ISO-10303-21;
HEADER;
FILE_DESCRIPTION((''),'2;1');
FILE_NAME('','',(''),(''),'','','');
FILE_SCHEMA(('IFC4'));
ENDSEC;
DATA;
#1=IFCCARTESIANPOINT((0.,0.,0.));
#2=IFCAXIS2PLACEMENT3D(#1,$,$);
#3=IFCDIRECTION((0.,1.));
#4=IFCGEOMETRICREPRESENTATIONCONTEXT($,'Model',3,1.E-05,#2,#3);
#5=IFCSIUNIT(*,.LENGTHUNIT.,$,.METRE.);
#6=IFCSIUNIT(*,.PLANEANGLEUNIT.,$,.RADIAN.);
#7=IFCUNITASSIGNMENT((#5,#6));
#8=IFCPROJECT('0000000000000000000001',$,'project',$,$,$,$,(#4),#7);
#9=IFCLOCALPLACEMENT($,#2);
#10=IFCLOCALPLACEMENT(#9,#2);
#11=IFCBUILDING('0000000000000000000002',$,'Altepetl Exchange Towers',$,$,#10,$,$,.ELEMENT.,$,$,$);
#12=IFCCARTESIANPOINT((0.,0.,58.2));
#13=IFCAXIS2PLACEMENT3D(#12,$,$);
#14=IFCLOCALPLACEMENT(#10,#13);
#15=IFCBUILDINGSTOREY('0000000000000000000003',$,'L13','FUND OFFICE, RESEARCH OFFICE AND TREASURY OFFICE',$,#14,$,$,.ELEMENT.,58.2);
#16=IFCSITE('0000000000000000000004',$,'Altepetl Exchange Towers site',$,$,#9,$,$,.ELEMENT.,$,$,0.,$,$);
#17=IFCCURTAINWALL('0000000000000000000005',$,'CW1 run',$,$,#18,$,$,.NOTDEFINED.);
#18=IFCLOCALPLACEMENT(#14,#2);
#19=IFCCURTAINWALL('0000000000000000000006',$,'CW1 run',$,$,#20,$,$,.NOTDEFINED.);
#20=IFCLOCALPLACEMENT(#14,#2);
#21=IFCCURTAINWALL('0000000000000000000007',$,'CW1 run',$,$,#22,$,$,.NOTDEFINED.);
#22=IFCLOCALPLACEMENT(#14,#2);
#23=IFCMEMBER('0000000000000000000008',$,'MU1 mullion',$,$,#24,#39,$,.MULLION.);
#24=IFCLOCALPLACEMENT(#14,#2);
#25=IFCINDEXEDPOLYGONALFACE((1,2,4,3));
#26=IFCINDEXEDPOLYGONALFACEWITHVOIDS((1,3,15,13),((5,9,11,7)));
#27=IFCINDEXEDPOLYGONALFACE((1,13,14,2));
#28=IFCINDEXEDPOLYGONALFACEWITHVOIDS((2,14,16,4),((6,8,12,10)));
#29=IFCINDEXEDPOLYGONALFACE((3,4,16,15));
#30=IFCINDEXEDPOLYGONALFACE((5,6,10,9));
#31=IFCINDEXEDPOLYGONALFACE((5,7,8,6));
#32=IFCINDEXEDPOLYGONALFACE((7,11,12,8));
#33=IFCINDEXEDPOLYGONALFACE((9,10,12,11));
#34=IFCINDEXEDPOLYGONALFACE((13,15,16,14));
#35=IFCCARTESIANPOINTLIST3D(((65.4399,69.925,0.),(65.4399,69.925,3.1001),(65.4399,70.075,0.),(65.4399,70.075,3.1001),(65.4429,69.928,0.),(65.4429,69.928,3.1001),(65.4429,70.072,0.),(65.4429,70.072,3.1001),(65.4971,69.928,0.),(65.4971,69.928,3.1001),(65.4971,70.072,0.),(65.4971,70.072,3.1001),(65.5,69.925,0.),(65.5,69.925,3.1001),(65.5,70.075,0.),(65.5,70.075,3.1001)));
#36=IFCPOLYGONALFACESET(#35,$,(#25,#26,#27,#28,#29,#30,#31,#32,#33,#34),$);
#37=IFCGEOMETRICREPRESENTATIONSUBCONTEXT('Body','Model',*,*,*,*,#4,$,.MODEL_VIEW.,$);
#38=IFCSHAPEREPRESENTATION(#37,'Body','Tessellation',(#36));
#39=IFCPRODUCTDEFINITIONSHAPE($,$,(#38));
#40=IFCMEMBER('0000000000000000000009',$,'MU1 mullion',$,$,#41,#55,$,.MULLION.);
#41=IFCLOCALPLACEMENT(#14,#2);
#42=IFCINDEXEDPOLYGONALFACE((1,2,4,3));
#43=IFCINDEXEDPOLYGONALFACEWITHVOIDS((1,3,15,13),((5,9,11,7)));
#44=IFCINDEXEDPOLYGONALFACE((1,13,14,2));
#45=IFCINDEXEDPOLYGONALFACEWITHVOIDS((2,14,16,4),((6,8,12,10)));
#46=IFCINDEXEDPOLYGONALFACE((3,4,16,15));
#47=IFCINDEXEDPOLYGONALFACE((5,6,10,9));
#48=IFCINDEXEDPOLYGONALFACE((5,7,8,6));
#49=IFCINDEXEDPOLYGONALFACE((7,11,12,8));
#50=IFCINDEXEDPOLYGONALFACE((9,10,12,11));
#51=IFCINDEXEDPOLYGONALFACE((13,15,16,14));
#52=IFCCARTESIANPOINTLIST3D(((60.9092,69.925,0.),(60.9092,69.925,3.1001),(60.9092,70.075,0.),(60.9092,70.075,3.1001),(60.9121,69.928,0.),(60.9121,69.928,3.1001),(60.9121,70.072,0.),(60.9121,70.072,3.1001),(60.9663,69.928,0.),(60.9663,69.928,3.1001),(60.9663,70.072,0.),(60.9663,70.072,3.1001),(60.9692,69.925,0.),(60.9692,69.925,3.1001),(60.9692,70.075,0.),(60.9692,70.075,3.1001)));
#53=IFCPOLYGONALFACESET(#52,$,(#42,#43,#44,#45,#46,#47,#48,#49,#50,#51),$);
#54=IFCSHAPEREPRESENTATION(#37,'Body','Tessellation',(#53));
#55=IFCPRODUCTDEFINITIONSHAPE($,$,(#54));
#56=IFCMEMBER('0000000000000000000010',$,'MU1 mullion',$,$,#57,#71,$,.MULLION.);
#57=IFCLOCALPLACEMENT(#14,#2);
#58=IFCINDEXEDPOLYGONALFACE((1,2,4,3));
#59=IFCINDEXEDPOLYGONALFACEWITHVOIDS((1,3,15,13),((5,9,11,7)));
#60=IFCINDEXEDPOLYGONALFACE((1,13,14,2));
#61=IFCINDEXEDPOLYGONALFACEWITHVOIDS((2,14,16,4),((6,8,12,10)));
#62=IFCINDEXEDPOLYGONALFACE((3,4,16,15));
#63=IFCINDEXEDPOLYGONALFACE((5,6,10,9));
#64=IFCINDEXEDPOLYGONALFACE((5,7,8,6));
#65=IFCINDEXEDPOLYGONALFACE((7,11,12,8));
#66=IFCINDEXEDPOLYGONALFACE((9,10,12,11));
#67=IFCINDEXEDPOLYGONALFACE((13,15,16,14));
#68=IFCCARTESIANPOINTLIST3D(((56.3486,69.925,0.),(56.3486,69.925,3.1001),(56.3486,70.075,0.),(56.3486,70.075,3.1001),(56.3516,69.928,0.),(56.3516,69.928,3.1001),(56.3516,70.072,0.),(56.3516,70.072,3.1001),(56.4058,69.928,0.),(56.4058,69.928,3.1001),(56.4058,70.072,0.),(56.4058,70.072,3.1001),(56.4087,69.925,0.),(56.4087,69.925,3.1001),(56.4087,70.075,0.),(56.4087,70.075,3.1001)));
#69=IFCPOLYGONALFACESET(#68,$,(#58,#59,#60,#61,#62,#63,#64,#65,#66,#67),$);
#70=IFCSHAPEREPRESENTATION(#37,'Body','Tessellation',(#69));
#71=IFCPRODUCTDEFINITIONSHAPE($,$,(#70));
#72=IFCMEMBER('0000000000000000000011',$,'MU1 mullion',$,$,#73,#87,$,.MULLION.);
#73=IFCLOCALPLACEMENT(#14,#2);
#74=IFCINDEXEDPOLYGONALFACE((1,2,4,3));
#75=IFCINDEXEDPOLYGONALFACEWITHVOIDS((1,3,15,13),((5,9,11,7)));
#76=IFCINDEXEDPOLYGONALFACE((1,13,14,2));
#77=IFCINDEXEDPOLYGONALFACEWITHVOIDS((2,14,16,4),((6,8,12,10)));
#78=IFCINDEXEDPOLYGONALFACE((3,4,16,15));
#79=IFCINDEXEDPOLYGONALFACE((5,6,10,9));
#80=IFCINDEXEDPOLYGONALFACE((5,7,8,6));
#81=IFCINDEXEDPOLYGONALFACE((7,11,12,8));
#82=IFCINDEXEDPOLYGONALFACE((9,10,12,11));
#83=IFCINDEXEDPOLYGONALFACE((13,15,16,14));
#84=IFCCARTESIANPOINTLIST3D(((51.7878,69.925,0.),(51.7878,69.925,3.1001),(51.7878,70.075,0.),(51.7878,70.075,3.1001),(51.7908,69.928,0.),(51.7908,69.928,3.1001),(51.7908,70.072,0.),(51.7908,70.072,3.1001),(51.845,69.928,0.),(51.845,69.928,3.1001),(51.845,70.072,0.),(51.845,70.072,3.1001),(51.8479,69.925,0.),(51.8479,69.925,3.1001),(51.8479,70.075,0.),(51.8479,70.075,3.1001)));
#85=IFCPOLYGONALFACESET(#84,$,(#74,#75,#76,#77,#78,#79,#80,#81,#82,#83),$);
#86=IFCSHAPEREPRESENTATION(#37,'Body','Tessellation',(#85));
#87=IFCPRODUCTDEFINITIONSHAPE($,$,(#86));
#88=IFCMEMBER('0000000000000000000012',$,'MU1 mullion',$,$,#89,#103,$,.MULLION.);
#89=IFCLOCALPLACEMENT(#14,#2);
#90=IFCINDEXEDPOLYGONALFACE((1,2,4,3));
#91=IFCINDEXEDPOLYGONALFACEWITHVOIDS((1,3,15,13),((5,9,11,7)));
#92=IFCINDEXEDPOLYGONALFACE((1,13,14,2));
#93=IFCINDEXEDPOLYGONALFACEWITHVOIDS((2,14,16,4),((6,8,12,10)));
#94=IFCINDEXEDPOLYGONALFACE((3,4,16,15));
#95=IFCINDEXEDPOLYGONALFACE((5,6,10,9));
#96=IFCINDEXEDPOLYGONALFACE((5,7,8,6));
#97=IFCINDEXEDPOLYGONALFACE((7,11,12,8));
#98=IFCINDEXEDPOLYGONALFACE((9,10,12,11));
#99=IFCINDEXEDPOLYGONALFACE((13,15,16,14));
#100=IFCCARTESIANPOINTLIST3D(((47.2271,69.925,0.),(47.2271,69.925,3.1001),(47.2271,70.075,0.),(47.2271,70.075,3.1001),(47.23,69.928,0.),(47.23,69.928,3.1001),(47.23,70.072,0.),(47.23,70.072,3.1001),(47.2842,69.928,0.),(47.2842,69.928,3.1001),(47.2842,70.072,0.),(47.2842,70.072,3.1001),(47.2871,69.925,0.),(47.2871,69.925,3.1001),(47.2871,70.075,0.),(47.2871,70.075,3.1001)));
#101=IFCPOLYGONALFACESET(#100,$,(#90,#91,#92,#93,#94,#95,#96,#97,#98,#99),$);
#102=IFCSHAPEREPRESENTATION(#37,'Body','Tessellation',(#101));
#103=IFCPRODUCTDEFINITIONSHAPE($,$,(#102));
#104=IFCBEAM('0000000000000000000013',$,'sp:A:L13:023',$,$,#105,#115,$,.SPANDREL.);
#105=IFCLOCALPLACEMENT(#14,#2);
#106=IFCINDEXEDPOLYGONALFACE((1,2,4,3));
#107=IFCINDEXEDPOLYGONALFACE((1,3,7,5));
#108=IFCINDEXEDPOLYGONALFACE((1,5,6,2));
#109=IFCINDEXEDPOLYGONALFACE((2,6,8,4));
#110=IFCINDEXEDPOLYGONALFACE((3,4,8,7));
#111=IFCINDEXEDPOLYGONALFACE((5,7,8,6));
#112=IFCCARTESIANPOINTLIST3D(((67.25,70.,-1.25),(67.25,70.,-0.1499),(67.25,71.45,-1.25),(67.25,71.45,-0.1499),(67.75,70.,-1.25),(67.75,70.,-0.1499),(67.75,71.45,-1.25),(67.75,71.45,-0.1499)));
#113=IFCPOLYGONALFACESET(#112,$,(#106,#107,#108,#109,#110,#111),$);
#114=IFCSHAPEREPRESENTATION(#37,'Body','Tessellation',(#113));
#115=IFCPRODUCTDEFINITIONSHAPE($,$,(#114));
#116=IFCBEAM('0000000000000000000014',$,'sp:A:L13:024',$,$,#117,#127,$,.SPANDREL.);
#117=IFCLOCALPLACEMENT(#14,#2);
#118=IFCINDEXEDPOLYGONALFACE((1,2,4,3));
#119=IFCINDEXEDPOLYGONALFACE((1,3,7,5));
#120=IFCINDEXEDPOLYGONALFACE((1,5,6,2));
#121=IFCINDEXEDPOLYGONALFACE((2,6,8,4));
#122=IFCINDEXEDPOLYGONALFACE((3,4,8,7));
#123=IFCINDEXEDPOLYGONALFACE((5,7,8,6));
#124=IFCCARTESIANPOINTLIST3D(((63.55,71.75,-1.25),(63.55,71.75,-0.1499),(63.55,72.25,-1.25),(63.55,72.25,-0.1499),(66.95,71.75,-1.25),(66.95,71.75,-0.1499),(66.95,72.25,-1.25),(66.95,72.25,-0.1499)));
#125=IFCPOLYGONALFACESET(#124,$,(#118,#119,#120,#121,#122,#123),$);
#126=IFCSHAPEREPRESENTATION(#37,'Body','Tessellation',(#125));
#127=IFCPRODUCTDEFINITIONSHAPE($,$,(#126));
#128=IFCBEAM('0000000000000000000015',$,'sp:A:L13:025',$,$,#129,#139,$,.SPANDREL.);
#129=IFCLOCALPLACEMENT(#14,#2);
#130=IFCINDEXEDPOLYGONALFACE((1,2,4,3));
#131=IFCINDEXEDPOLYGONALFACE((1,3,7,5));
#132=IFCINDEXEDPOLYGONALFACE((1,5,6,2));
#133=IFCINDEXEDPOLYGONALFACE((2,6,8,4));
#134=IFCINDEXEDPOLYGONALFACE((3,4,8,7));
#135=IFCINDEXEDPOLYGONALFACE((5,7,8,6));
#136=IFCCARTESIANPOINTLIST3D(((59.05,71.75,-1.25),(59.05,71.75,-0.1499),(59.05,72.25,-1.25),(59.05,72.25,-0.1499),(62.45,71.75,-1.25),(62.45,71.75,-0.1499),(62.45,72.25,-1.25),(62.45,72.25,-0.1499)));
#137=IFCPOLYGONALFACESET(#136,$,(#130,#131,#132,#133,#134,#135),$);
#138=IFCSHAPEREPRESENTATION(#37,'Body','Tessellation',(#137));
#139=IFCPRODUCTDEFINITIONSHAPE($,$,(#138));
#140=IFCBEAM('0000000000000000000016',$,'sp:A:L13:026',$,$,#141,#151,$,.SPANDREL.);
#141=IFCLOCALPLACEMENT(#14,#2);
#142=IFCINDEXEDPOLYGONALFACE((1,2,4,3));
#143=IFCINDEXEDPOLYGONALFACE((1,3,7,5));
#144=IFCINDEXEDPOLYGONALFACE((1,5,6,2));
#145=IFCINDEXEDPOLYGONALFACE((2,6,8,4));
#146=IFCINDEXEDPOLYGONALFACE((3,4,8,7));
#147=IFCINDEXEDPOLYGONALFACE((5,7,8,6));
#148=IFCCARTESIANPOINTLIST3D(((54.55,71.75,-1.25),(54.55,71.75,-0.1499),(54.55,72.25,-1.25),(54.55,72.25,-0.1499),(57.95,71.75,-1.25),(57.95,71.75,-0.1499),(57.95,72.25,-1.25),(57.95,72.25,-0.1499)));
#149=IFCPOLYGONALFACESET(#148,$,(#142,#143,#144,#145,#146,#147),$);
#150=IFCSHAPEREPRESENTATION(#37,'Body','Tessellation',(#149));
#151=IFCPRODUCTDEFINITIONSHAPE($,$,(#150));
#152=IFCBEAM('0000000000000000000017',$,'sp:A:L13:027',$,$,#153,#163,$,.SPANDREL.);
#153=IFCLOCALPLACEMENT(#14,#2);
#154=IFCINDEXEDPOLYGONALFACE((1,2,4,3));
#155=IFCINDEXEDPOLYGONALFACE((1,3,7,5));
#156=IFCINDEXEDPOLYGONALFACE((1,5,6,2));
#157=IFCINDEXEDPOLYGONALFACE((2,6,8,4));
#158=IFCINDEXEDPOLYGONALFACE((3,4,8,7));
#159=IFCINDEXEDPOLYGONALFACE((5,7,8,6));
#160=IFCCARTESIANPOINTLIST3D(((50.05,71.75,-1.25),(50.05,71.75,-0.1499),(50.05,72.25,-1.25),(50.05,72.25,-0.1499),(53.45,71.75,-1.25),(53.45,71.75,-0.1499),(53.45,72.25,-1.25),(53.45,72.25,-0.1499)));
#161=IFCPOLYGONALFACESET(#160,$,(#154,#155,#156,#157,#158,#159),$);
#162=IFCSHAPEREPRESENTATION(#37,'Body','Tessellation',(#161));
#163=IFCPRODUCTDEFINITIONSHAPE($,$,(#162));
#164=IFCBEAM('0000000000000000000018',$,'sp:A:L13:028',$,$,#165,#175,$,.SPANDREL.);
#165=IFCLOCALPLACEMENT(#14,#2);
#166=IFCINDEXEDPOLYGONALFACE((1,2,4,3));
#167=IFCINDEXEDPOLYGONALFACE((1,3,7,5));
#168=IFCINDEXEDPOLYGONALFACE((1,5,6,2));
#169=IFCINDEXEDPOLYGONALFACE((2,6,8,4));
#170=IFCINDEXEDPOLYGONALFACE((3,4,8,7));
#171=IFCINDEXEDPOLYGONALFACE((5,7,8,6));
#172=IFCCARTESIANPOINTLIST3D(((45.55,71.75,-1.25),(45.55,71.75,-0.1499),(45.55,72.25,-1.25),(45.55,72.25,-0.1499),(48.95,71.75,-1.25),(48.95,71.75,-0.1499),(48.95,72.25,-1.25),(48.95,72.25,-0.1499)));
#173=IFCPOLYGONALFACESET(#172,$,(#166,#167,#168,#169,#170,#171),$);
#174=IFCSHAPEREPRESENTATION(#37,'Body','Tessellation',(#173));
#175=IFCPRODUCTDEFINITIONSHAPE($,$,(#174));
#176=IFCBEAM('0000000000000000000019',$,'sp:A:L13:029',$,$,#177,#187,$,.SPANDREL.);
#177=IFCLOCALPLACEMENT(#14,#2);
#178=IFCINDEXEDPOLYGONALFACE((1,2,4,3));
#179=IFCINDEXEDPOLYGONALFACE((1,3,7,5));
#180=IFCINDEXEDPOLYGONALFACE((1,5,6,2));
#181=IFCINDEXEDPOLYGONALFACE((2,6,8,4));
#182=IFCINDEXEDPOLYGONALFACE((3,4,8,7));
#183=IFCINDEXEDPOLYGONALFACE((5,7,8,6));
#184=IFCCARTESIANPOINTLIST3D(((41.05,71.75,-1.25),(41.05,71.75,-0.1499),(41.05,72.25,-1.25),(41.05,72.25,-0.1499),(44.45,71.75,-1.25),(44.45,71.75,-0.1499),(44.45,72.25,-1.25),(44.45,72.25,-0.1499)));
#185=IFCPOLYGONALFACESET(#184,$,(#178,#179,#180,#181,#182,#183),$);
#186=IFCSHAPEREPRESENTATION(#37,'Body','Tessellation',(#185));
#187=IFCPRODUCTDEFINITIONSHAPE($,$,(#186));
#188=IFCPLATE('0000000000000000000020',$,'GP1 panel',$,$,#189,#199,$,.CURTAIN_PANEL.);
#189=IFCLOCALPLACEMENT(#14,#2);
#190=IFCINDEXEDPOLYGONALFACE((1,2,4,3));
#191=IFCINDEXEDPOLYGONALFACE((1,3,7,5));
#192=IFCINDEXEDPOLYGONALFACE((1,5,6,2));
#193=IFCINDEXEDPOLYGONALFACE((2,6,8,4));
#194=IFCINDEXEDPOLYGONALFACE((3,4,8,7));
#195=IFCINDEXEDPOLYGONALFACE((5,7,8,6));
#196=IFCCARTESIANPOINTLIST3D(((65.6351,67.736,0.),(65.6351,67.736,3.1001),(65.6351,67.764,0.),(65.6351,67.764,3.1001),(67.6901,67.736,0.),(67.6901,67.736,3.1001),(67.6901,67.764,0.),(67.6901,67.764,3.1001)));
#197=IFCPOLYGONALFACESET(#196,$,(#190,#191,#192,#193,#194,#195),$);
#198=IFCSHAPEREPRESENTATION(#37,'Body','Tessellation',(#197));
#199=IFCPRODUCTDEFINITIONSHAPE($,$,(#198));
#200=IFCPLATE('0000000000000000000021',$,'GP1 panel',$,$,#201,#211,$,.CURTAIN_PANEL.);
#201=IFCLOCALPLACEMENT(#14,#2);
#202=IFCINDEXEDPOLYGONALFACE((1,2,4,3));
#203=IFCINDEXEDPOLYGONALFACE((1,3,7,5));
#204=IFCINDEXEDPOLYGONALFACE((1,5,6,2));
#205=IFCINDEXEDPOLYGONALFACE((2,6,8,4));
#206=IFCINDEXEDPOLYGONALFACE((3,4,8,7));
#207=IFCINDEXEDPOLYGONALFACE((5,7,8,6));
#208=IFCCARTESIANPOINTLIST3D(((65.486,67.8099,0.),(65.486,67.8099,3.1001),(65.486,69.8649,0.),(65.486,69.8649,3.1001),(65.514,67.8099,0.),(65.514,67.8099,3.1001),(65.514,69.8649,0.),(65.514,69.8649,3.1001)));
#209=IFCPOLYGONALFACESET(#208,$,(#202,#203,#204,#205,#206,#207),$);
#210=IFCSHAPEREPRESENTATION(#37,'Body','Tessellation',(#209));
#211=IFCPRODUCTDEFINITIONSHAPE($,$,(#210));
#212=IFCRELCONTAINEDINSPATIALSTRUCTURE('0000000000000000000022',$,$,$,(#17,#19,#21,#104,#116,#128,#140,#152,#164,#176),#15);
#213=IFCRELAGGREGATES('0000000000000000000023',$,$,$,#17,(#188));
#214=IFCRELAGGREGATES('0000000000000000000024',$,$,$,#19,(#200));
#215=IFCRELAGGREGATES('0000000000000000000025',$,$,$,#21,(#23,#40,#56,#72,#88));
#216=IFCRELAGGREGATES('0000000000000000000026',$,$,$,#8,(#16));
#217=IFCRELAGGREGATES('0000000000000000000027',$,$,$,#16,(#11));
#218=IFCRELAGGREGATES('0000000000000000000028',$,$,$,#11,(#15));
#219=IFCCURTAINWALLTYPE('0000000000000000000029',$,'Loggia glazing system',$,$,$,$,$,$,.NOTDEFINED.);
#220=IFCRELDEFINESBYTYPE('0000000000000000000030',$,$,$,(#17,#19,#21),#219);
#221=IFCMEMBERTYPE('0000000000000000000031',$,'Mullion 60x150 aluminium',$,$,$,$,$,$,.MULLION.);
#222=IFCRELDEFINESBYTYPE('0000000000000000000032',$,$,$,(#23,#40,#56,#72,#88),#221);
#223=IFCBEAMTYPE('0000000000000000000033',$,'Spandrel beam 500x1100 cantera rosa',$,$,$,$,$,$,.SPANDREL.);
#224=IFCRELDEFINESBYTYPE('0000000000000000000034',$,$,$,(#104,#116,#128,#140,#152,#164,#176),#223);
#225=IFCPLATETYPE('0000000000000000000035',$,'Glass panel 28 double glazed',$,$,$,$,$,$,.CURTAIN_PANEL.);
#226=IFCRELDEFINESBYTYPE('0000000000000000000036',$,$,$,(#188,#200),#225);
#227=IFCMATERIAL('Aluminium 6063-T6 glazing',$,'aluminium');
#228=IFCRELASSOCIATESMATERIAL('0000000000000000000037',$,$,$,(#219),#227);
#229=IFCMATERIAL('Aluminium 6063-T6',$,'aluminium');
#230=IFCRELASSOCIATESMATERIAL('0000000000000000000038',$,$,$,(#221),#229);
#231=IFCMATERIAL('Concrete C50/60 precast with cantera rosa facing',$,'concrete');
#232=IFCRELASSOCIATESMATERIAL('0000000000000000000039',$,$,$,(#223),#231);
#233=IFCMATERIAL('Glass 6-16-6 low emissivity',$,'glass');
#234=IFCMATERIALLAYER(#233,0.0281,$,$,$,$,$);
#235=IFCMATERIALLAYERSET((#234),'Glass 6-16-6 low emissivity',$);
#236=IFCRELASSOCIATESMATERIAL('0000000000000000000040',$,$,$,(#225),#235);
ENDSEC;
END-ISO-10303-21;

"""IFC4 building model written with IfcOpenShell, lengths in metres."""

from ifc_helpers import new_model, si_unit, direction, frame, origin, origin_2d, place, context, subcontext, project, spatial, rectangle, hollow_rectangle, extrude, material, layer, layer_set, material_profile, profile_set, type_object, element, aggregate, save


model = new_model("IFC4")

# Units and contexts
model_context = context("Model", 3, precision=1e-05, world=origin(), true_north=direction((0.0, 1.0)))
body_context = subcontext(model_context, "Body", "Model", "MODEL_VIEW")
ifc_project = project(units=[si_unit("LENGTHUNIT", "METRE"), si_unit("PLANEANGLEUNIT", "RADIAN")], contexts=[model_context])

# Site, building, storey
site_placement = place(None, origin())
site = spatial("IfcSite", under=ifc_project, at=site_placement, Name="Altepetl Exchange Towers site", CompositionType="ELEMENT", RefElevation=0.0)
building_placement = place(site_placement, origin())
building = spatial("IfcBuilding", under=site, at=building_placement, Name="Altepetl Exchange Towers", CompositionType="ELEMENT")
storey_placement = place(building_placement, frame((0.0, 0.0, 58.2)))
storey = spatial("IfcBuildingStorey", under=building, at=storey_placement, Name="L13", Description="FUND OFFICE, RESEARCH OFFICE AND TREASURY OFFICE", CompositionType="ELEMENT", Elevation=58.2)

# Curtain wall
ifc_material_1 = material(Name="Aluminium 6063-T6 glazing", Category="aluminium")
curtain_wall_type = type_object("IfcCurtainWallType", Name="Loggia glazing system", PredefinedType="NOTDEFINED", material=ifc_material_1)
curtain_wall_1_placement = place(storey_placement, origin())
curtain_wall_1 = element("IfcCurtainWall", 1, at=curtain_wall_1_placement, inside=storey, type_object=curtain_wall_type, Name="CW1 run", PredefinedType="NOTDEFINED")
ifc_material_2 = material(Name="Aluminium 6063-T6", Category="aluminium")
ifc_material_profile_1 = material_profile(ifc_material_2, hollow_rectangle(XDim=0.0601, YDim=0.1499, WallThickness=0.0029, at=origin_2d()), Name="Mullion 60x150 aluminium")
ifc_profile_set_1 = profile_set([ifc_material_profile_1], Name="Aluminium 6063-T6")
member_type = type_object("IfcMemberType", Name="Mullion 60x150 aluminium", PredefinedType="MULLION", material=ifc_profile_set_1)

# Curtain walls, members
curtain_wall_2_placement = place(storey_placement, origin())
curtain_wall_2 = element("IfcCurtainWall", 2, at=curtain_wall_2_placement, inside=storey, type_object=curtain_wall_type, Name="CW1 run", PredefinedType="NOTDEFINED")
curtain_wall_3_placement = place(storey_placement, origin())
curtain_wall_3 = element("IfcCurtainWall", 3, at=curtain_wall_3_placement, inside=storey, type_object=curtain_wall_type, Name="CW1 run", PredefinedType="NOTDEFINED")
member_1_placement = place(storey_placement, frame((65.47, 70.0, 0.0), z_axis=(0.0, 0.0, 1.0), x_axis=(-1.0, 0.0, 0.0)))
member_1 = element("IfcMember", 4, at=member_1_placement, type_object=member_type, Name="MU1 mullion", PredefinedType="MULLION", context=body_context, shape_type="SweptSolid", body=[
    extrude(hollow_rectangle(XDim=0.0601, YDim=0.1499, WallThickness=0.0029, at=origin_2d()), origin(), (0.0, 0.0, 1.0), 3.1001),
])
member_2_placement = place(storey_placement, frame((60.9392, 70.0, 0.0), z_axis=(0.0, 0.0, 1.0), x_axis=(-1.0, 0.0, 0.0)))
member_2 = element("IfcMember", 5, at=member_2_placement, type_object=member_type, Name="MU1 mullion", PredefinedType="MULLION", context=body_context, shape_type="SweptSolid", body=[
    extrude(hollow_rectangle(XDim=0.0601, YDim=0.1499, WallThickness=0.0029, at=origin_2d()), origin(), (0.0, 0.0, 1.0), 3.1001),
])
member_3_placement = place(storey_placement, frame((56.3787, 70.0, 0.0), z_axis=(0.0, 0.0, 1.0), x_axis=(-1.0, 0.0, 0.0)))
member_3 = element("IfcMember", 6, at=member_3_placement, type_object=member_type, Name="MU1 mullion", PredefinedType="MULLION", context=body_context, shape_type="SweptSolid", body=[
    extrude(hollow_rectangle(XDim=0.0601, YDim=0.1499, WallThickness=0.0029, at=origin_2d()), origin(), (0.0, 0.0, 1.0), 3.1001),
])
member_4_placement = place(storey_placement, frame((51.8179, 70.0, 0.0), z_axis=(0.0, 0.0, 1.0), x_axis=(-1.0, 0.0, 0.0)))
member_4 = element("IfcMember", 7, at=member_4_placement, type_object=member_type, Name="MU1 mullion", PredefinedType="MULLION", context=body_context, shape_type="SweptSolid", body=[
    extrude(hollow_rectangle(XDim=0.0601, YDim=0.1499, WallThickness=0.0029, at=origin_2d()), origin(), (0.0, 0.0, 1.0), 3.1001),
])
member_5_placement = place(storey_placement, frame((47.2571, 70.0, 0.0), z_axis=(0.0, 0.0, 1.0), x_axis=(-1.0, 0.0, 0.0)))
member_5 = element("IfcMember", 8, at=member_5_placement, type_object=member_type, Name="MU1 mullion", PredefinedType="MULLION", context=body_context, shape_type="SweptSolid", body=[
    extrude(hollow_rectangle(XDim=0.0601, YDim=0.1499, WallThickness=0.0029, at=origin_2d()), origin(), (0.0, 0.0, 1.0), 3.1001),
])

# Beams
ifc_material_3 = material(Name="Concrete C50/60 precast with cantera rosa facing", Category="concrete")
ifc_material_profile_2 = material_profile(ifc_material_3, rectangle(XDim=0.5, YDim=1.1001, at=origin_2d()), Name="500 x 1100")
ifc_profile_set_2 = profile_set([ifc_material_profile_2], Name="Concrete C50/60 precast with cantera rosa facing")
beam_type_1 = type_object("IfcBeamType", Name="Spandrel beam 500x1100 cantera rosa", PredefinedType="SPANDREL", material=ifc_profile_set_2)
beam_1_placement = place(storey_placement, frame((67.5, 70.0, -0.7), z_axis=(0.0, 1.0, 0.0), x_axis=(-1.0, 0.0, 0.0)))
element("IfcBeam", 9, at=beam_1_placement, inside=storey, type_object=beam_type_1, Name="sp:A:L13:023", PredefinedType="SPANDREL", context=body_context, shape_type="SweptSolid", body=[
    extrude(rectangle(XDim=0.5, YDim=1.1001, at=origin_2d()), origin(), (0.0, 0.0, 1.0), 1.45),
])
for number, where, z_axis, x_axis, name in (
    (10, (66.95, 72.0, -0.7), (-1.0, 0.0, 0.0), (0.0, -1.0, 0.0), "sp:A:L13:024"),
    (11, (62.45, 72.0, -0.7), (-1.0, 0.0, 0.0), (0.0, -1.0, 0.0), "sp:A:L13:025"),
    (12, (57.95, 72.0, -0.7), (-1.0, 0.0, 0.0), (0.0, -1.0, 0.0), "sp:A:L13:026"),
    (13, (53.45, 72.0, -0.7), (-1.0, 0.0, 0.0), (0.0, -1.0, 0.0), "sp:A:L13:027"),
    (14, (48.95, 72.0, -0.7), (-1.0, 0.0, 0.0), (0.0, -1.0, 0.0), "sp:A:L13:028"),
    (15, (44.45, 72.0, -0.7), (-1.0, 0.0, 0.0), (0.0, -1.0, 0.0), "sp:A:L13:029"),
):
    element("IfcBeam", number, at=place(storey_placement, frame(where, z_axis=z_axis, x_axis=x_axis)), inside=storey, type_object=beam_type_1, Name=name, PredefinedType="SPANDREL", context=body_context, shape_type="SweptSolid", body=[
        extrude(rectangle(XDim=0.5, YDim=1.1001, at=origin_2d()), origin(), (0.0, 0.0, 1.0), 3.3999),
    ])

# Plates
ifc_material_4 = material(Name="Glass 6-16-6 low emissivity", Category="glass")
ifc_layer_1 = layer(ifc_material_4, 0.0281)
ifc_layer_set_1 = layer_set([ifc_layer_1], Name="Glass 6-16-6 low emissivity")
plate_type = type_object("IfcPlateType", Name="Glass panel 28 double glazed", PredefinedType="CURTAIN_PANEL", material=ifc_layer_set_1)
plate_1_placement = place(storey_placement, frame((66.6626, 67.75, 0.0), z_axis=(0.0, 0.0, 1.0), x_axis=(-1.0, 0.0, 0.0)))
plate_1 = element("IfcPlate", 16, at=plate_1_placement, type_object=plate_type, Name="GP1 panel", PredefinedType="CURTAIN_PANEL", context=body_context, shape_type="SweptSolid", body=[
    extrude(rectangle(XDim=2.0549, YDim=0.0281, at=origin_2d()), origin(), (0.0, 0.0, 1.0), 3.1001),
])
aggregate(curtain_wall_1, [plate_1])
plate_2_placement = place(storey_placement, frame((65.5, 68.8374, 0.0), z_axis=(0.0, 0.0, 1.0), x_axis=(0.0, 1.0, 0.0)))
plate_2 = element("IfcPlate", 17, at=plate_2_placement, type_object=plate_type, Name="GP1 panel", PredefinedType="CURTAIN_PANEL", context=body_context, shape_type="SweptSolid", body=[
    extrude(rectangle(XDim=2.0549, YDim=0.0281, at=origin_2d()), origin(), (0.0, 0.0, 1.0), 3.1001),
])
aggregate(curtain_wall_2, [plate_2])
aggregate(curtain_wall_3, [member_1, member_2, member_3, member_4, member_5])

save(model, "model.ifc")
